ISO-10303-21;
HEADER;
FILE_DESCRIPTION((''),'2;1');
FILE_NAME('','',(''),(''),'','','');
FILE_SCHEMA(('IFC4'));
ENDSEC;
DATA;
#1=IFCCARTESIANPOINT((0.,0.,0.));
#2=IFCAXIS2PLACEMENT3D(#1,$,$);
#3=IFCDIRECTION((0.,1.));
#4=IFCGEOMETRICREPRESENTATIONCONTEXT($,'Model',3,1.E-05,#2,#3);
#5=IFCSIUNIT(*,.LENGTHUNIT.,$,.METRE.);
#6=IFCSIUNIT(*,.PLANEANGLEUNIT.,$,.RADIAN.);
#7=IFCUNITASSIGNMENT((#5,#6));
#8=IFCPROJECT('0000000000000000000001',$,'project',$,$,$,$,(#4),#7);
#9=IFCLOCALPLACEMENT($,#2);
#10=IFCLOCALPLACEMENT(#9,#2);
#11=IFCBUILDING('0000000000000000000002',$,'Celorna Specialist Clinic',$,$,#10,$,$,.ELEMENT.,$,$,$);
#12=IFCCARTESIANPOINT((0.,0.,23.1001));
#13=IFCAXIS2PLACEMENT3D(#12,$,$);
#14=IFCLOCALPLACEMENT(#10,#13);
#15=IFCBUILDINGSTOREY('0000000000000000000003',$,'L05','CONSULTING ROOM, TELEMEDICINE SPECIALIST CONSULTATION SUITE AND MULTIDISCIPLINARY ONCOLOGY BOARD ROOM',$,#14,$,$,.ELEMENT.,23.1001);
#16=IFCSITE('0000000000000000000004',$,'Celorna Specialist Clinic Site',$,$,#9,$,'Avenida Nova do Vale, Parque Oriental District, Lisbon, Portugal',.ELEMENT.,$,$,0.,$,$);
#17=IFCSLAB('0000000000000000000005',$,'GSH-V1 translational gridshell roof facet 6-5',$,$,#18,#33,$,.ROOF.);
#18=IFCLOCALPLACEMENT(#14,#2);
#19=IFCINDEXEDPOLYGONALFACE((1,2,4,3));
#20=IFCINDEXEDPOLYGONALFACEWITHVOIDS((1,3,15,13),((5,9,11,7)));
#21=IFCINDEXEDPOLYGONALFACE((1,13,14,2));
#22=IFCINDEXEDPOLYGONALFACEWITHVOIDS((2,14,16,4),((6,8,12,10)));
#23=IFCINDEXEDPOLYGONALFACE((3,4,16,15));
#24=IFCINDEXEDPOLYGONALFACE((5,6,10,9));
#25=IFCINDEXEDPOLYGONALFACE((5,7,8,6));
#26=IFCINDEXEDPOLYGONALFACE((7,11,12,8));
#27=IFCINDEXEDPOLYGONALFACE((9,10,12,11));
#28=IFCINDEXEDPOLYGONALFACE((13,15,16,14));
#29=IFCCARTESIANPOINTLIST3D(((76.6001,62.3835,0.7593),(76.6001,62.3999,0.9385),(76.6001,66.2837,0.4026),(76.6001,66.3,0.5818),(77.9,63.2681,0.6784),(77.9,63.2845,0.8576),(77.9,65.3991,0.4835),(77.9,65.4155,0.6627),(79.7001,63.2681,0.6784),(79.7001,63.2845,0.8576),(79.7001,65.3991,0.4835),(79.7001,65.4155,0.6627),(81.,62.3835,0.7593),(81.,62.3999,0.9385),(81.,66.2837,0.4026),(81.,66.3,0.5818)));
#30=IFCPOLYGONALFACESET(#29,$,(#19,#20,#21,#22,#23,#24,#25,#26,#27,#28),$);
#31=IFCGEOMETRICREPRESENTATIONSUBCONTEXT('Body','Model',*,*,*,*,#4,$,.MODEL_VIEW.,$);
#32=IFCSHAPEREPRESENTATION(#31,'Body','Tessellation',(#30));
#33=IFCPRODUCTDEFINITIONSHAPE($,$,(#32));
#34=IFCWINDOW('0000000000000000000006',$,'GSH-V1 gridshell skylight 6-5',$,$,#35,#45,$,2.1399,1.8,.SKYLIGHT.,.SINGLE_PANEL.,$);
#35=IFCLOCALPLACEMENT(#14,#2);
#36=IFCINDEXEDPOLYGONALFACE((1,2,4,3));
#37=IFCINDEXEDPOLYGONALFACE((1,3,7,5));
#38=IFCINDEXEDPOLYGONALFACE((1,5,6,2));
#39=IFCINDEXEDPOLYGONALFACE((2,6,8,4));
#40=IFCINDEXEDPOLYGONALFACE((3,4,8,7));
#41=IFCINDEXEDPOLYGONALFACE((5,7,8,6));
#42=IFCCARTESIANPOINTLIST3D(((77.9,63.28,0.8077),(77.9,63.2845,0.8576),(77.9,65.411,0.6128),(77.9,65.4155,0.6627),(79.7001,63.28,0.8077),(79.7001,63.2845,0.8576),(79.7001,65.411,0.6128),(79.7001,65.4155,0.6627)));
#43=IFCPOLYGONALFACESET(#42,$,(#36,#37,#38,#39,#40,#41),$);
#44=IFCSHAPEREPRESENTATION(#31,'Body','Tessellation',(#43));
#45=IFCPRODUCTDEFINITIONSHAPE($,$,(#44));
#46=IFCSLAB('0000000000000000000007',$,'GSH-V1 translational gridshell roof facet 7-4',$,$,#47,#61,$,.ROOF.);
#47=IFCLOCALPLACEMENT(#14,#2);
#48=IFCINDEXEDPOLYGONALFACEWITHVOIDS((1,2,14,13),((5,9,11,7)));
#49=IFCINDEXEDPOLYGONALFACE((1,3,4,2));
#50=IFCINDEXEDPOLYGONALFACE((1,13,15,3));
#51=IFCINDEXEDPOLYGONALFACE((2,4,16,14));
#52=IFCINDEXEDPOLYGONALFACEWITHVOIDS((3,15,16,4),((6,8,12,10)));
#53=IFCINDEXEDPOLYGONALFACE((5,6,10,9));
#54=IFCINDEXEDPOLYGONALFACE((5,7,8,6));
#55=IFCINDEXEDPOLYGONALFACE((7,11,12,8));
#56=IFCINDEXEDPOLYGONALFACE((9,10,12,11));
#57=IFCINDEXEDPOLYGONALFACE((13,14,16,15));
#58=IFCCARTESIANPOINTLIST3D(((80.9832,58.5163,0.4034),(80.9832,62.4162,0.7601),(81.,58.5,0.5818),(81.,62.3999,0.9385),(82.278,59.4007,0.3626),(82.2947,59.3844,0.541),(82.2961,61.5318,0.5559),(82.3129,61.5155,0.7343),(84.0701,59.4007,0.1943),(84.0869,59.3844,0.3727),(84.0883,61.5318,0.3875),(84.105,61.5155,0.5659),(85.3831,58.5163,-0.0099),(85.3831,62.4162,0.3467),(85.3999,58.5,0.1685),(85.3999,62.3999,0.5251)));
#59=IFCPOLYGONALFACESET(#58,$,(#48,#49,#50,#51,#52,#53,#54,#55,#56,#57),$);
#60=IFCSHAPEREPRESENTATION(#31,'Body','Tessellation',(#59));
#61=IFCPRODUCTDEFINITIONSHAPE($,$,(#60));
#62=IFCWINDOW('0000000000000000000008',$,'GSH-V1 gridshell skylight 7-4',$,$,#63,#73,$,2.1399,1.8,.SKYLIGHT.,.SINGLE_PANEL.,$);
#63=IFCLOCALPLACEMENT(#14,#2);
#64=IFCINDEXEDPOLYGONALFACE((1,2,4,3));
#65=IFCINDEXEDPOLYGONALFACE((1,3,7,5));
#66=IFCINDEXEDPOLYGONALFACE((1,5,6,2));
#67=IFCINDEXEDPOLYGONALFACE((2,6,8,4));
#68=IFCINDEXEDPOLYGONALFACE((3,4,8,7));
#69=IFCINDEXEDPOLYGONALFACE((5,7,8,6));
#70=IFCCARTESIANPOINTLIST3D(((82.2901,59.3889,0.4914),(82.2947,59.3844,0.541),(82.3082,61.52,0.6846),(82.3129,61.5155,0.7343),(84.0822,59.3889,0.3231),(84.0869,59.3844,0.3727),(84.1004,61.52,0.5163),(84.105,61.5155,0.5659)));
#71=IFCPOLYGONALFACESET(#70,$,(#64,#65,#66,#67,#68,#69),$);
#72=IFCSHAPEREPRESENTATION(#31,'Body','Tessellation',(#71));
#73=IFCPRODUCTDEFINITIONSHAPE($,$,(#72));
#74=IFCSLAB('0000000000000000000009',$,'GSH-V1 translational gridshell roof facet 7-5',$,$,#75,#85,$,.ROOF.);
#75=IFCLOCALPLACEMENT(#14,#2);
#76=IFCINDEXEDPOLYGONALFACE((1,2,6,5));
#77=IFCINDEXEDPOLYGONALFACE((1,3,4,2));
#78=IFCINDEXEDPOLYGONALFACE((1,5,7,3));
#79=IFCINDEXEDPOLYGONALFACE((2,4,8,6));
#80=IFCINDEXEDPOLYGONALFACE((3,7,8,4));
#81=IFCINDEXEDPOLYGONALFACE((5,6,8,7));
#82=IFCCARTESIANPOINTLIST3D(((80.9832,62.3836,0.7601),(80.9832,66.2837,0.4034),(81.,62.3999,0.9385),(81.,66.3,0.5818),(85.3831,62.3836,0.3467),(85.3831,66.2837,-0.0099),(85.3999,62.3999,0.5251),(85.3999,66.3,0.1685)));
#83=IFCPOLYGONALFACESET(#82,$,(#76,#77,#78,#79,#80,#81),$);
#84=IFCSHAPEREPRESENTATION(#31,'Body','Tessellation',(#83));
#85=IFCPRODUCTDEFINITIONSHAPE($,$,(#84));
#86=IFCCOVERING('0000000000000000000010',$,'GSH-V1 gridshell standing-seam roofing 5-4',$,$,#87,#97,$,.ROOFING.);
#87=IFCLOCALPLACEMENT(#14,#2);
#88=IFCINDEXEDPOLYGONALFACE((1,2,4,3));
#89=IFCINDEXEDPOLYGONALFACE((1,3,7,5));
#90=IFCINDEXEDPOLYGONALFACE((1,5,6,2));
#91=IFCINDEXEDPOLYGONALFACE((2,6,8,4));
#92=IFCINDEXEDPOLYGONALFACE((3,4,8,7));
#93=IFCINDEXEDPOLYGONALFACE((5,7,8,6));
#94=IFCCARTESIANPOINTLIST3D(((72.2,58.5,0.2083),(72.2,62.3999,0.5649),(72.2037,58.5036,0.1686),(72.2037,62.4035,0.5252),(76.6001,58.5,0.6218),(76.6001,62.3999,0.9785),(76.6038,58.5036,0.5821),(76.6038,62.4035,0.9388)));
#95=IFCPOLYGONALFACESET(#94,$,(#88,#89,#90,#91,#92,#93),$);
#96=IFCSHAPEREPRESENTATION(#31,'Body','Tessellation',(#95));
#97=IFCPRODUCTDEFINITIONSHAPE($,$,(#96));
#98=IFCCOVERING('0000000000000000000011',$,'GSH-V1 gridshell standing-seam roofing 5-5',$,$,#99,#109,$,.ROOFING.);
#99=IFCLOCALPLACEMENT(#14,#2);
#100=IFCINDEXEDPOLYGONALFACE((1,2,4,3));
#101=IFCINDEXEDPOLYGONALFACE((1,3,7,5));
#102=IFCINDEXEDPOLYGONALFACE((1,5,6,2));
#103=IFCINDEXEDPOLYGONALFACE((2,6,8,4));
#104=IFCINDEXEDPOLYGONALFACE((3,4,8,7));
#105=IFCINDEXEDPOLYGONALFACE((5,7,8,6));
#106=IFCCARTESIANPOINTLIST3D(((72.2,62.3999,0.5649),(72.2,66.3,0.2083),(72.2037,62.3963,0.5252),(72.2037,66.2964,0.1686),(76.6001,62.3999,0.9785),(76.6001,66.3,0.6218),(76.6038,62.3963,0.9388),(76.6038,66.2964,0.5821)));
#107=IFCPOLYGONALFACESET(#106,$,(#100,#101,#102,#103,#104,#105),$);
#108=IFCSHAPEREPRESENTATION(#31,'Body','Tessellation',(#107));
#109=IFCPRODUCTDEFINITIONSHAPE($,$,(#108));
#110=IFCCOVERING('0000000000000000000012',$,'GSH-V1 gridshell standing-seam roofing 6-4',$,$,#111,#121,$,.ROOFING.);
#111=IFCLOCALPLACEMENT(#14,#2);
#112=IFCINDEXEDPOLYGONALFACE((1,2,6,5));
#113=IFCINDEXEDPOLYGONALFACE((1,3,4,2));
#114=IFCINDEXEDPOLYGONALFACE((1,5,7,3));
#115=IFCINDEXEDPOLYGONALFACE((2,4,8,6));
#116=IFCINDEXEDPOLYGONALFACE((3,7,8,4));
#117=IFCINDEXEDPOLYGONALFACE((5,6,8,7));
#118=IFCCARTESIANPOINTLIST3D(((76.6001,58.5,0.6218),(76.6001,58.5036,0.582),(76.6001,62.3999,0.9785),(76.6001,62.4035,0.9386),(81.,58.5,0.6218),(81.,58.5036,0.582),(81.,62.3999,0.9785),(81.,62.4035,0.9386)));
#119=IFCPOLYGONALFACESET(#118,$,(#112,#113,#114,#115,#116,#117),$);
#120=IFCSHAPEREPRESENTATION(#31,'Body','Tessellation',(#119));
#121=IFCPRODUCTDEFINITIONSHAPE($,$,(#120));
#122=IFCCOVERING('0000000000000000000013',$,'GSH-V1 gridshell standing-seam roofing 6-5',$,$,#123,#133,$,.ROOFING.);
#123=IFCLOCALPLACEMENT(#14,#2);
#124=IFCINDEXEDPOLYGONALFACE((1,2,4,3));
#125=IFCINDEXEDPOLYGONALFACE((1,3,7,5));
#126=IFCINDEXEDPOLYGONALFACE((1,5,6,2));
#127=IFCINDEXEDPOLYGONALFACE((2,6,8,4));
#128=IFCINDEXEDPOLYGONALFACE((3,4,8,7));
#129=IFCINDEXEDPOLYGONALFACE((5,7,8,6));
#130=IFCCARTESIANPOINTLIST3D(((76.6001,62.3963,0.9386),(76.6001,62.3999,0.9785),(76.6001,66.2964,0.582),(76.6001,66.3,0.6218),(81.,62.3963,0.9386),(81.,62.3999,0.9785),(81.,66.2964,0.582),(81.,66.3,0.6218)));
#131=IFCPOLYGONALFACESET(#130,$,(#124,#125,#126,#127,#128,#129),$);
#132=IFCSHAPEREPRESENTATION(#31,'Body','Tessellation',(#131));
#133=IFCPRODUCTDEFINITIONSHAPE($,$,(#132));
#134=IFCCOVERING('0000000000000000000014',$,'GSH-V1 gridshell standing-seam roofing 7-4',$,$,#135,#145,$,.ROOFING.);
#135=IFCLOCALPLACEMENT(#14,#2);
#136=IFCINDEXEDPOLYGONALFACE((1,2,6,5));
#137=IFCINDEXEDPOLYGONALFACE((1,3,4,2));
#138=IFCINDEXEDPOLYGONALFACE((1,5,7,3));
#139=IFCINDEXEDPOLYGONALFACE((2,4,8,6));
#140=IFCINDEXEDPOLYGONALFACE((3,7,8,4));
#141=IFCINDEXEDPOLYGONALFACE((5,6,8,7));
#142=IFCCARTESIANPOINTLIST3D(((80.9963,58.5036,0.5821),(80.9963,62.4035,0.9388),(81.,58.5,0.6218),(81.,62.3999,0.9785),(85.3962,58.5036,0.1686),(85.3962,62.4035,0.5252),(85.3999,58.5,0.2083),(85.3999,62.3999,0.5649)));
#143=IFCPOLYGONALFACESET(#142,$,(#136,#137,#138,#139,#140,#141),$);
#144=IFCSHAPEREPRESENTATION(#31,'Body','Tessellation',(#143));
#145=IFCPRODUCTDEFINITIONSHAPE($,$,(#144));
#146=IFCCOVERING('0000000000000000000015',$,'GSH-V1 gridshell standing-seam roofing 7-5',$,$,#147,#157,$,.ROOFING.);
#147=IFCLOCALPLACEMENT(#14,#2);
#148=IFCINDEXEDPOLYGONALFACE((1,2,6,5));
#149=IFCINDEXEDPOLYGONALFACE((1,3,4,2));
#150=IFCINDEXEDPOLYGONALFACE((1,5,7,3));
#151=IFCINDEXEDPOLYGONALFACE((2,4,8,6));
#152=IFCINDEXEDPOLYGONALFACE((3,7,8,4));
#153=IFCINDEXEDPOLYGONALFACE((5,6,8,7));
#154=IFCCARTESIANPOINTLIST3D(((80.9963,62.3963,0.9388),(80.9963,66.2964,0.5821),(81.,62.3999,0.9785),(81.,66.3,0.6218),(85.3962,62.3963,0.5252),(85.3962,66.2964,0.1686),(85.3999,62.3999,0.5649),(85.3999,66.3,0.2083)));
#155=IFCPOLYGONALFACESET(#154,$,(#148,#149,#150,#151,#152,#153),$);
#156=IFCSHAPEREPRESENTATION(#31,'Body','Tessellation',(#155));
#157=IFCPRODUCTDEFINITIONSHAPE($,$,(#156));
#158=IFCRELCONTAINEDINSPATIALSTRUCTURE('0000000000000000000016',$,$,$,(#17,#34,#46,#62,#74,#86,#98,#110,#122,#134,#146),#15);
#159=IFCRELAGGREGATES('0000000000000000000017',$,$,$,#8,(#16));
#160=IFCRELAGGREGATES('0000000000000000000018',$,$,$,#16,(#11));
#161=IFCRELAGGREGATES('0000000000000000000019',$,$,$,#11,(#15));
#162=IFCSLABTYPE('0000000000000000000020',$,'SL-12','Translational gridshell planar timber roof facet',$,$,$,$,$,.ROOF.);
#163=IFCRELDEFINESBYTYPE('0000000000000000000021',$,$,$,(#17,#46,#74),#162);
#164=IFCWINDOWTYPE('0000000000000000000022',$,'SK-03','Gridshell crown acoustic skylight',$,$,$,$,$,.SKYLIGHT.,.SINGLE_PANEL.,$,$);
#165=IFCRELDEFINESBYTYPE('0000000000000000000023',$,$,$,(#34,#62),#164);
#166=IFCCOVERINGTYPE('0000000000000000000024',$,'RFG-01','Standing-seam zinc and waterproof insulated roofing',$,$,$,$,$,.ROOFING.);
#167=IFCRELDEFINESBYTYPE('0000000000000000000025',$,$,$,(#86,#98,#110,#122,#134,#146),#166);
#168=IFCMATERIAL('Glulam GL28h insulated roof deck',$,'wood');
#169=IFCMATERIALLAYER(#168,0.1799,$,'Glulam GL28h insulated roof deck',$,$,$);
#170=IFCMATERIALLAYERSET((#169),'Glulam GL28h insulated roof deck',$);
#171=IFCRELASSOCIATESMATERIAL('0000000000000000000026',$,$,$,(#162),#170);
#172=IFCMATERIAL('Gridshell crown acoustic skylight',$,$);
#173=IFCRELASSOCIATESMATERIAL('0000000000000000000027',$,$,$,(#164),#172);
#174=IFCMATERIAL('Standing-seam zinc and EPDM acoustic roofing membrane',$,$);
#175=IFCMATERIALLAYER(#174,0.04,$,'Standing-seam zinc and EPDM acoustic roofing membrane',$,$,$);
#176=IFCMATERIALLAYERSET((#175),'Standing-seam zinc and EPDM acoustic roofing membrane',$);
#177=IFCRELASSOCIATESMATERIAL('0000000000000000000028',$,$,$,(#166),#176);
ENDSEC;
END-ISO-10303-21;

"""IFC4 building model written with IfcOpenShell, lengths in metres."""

from ifc_helpers import new_model, si_unit, direction, frame, origin, origin_2d, place, context, subcontext, project, spatial, polyline, rectangle, outline, extrude, material, layer, layer_set, type_object, element, fill, save


model = new_model("IFC4")

# Units and contexts
model_context = context("Model", 3, precision=1e-05, world=origin(), true_north=direction((0.0, 1.0)))
body_context = subcontext(model_context, "Body", "Model", "MODEL_VIEW")
ifc_project = project(units=[si_unit("LENGTHUNIT", "METRE"), si_unit("PLANEANGLEUNIT", "RADIAN")], contexts=[model_context])

# Site, building, storey
site_placement = place(None, origin())
site = spatial("IfcSite", under=ifc_project, at=site_placement, Name="Celorna Specialist Clinic Site", LongName="Avenida Nova do Vale, Parque Oriental District, Lisbon, Portugal", CompositionType="ELEMENT", RefElevation=0.0)
building_placement = place(site_placement, origin())
building = spatial("IfcBuilding", under=site, at=building_placement, Name="Celorna Specialist Clinic", CompositionType="ELEMENT")
storey_placement = place(building_placement, frame((0.0, 0.0, 23.1001)))
storey = spatial("IfcBuildingStorey", under=building, at=storey_placement, Name="L05", Description="CONSULTING ROOM, TELEMEDICINE SPECIALIST CONSULTATION SUITE AND MULTIDISCIPLINARY ONCOLOGY BOARD ROOM", CompositionType="ELEMENT", Elevation=23.1001)

# Shared definitions
ifc_material_1 = material(Name="Glulam GL28h insulated roof deck", Category="wood")
ifc_layer_1 = layer(ifc_material_1, 0.1799, Name="Glulam GL28h insulated roof deck")
ifc_layer_set_1 = layer_set([ifc_layer_1], Name="Glulam GL28h insulated roof deck")
slab_type = type_object("IfcSlabType", Name="SL-12", Description="Translational gridshell planar timber roof facet", PredefinedType="ROOF", material=ifc_layer_set_1)
ifc_material_2 = material(Name="Gridshell crown acoustic skylight")
window_type = type_object("IfcWindowType", Name="SK-03", Description="Gridshell crown acoustic skylight", PartitioningType="SINGLE_PANEL", PredefinedType="SKYLIGHT", material=ifc_material_2)

# Slabs, openings, windows
slab_1_placement = place(storey_placement, frame((76.6001, 62.3999, 0.9385), z_axis=(0.0, 0.091075, 0.995844), x_axis=(1.0, 0.0, 0.0)))
slab_1 = element("IfcSlab", 1, at=slab_1_placement, inside=storey, type_object=slab_type, Name="GSH-V1 translational gridshell roof facet 6-5", PredefinedType="ROOF", context=body_context, shape_type="SweptSolid", body=[
    extrude(outline(polyline([(0.0, 0.0), (4.3999, 0.0), (4.3999, 3.9164), (0.0, 3.9164), (0.0, 0.0)])), origin(), (0.0, 0.0, -1.0), 0.1799),
])
opening_1_placement = place(slab_1_placement, frame((2.2, 1.9583, 0.01)))
opening_1 = element("IfcOpeningElement", 2, at=opening_1_placement, cuts=slab_1, PredefinedType="OPENING", context=body_context, shape_type="SweptSolid", body=[
    extrude(rectangle(XDim=1.8, YDim=2.1399, at=origin_2d()), origin(), (0.0, 0.0, -1.0), 0.2),
])
window_1_placement = place(opening_1_placement, frame((0.0, 0.0, -0.01)))
window_1 = element("IfcWindow", 3, at=window_1_placement, inside=storey, type_object=window_type, Name="GSH-V1 gridshell skylight 6-5", OverallHeight=2.1399, OverallWidth=1.8, PartitioningType="SINGLE_PANEL", PredefinedType="SKYLIGHT", context=body_context, shape_type="SweptSolid", body=[
    extrude(rectangle(XDim=1.8, YDim=2.1399, at=origin_2d()), origin(), (0.0, 0.0, -1.0), 0.05),
])
fill(opening_1, window_1)
slab_2_placement = place(storey_placement, frame((81.0, 58.5, 0.5818), z_axis=(0.093144, -0.090685, 0.991514), x_axis=(0.995617, 0.0, -0.093529)))
slab_2 = element("IfcSlab", 4, at=slab_2_placement, inside=storey, type_object=slab_type, Name="GSH-V1 translational gridshell roof facet 7-4", PredefinedType="ROOF", context=body_context, shape_type="SweptSolid", body=[
    extrude(outline(polyline([(0.0, 0.0), (4.4193, 0.0), (4.3859, 3.916), (-0.0334, 3.916), (0.0, 0.0)])), origin(), (0.0, 0.0, -1.0), 0.1799),
])
opening_2_placement = place(slab_2_placement, frame((2.1929, 1.958, 0.01)))
opening_2 = element("IfcOpeningElement", 5, at=opening_2_placement, cuts=slab_2, PredefinedType="OPENING", context=body_context, shape_type="SweptSolid", body=[
    extrude(rectangle(XDim=1.8, YDim=2.1399, at=origin_2d()), origin(), (0.0, 0.0, -1.0), 0.2),
])
window_2_placement = place(opening_2_placement, frame((0.0, 0.0, -0.01)))
window_2 = element("IfcWindow", 6, at=window_2_placement, inside=storey, type_object=window_type, Name="GSH-V1 gridshell skylight 7-4", OverallHeight=2.1399, OverallWidth=1.8, PartitioningType="SINGLE_PANEL", PredefinedType="SKYLIGHT", context=body_context, shape_type="SweptSolid", body=[
    extrude(rectangle(XDim=1.8, YDim=2.1399, at=origin_2d()), origin(), (0.0, 0.0, -1.0), 0.05),
])
fill(opening_2, window_2)

# Slab
slab_3_placement = place(storey_placement, frame((81.0, 62.3999, 0.9385), z_axis=(0.093144, 0.090679, 0.991515), x_axis=(0.995617, 0.0, -0.093529)))
element("IfcSlab", 7, at=slab_3_placement, inside=storey, type_object=slab_type, Name="GSH-V1 translational gridshell roof facet 7-5", PredefinedType="ROOF", context=body_context, shape_type="SweptSolid", body=[
    extrude(outline(polyline([(0.0, 0.0), (4.4193, 0.0), (4.4526, 3.9163), (0.0334, 3.9163), (0.0, 0.0)])), origin(), (0.0, 0.0, -1.0), 0.1799),
])

# Coverings
ifc_material_3 = material(Name="Standing-seam zinc and EPDM acoustic roofing membrane")
ifc_layer_2 = layer(ifc_material_3, 0.04, Name="Standing-seam zinc and EPDM acoustic roofing membrane")
ifc_layer_set_2 = layer_set([ifc_layer_2], Name="Standing-seam zinc and EPDM acoustic roofing membrane")
covering_type = type_object("IfcCoveringType", Name="RFG-01", Description="Standing-seam zinc and waterproof insulated roofing", PredefinedType="ROOFING", material=ifc_layer_set_2)
covering_1_placement = place(storey_placement, frame((72.2, 58.5, 0.2083), z_axis=(-0.093193, -0.090685, 0.99151), x_axis=(0.995612, 0.0, 0.093579)))
element("IfcCovering", 8, at=covering_1_placement, inside=storey, type_object=covering_type, Name="GSH-V1 gridshell standing-seam roofing 5-4", PredefinedType="ROOFING", context=body_context, shape_type="SweptSolid", body=[
    extrude(outline(polyline([(0.0, 0.0), (4.4195, 0.0), (4.4529, 3.916), (0.0334, 3.916), (0.0, 0.0)])), origin(), (0.0, 0.0, -1.0), 0.04),
])
covering_2_placement = place(storey_placement, frame((72.2, 62.3999, 0.5649), z_axis=(-0.093193, 0.090679, 0.99151), x_axis=(0.995612, 0.0, 0.093579)))
element("IfcCovering", 9, at=covering_2_placement, inside=storey, type_object=covering_type, Name="GSH-V1 gridshell standing-seam roofing 5-5", PredefinedType="ROOFING", context=body_context, shape_type="SweptSolid", body=[
    extrude(outline(polyline([(0.0, 0.0), (4.4195, 0.0), (4.3862, 3.9163), (-0.0334, 3.9163), (0.0, 0.0)])), origin(), (0.0, 0.0, -1.0), 0.04),
])
covering_3_placement = place(storey_placement, frame((76.6001, 58.5, 0.6218), z_axis=(0.0, -0.091081, 0.995843), x_axis=(1.0, 0.0, 0.0)))
element("IfcCovering", 10, at=covering_3_placement, inside=storey, type_object=covering_type, Name="GSH-V1 gridshell standing-seam roofing 6-4", PredefinedType="ROOFING", context=body_context, shape_type="SweptSolid", body=[
    extrude(outline(polyline([(0.0, 0.0), (4.3999, 0.0), (4.3999, 3.9162), (0.0, 3.9162), (0.0, 0.0)])), origin(), (0.0, 0.0, -1.0), 0.04),
])
covering_4_placement = place(storey_placement, frame((76.6001, 62.3999, 0.9785), z_axis=(0.0, 0.091075, 0.995844), x_axis=(1.0, 0.0, 0.0)))
element("IfcCovering", 11, at=covering_4_placement, inside=storey, type_object=covering_type, Name="GSH-V1 gridshell standing-seam roofing 6-5", PredefinedType="ROOFING", context=body_context, shape_type="SweptSolid", body=[
    extrude(outline(polyline([(0.0, 0.0), (4.3999, 0.0), (4.3999, 3.9164), (0.0, 3.9164), (0.0, 0.0)])), origin(), (0.0, 0.0, -1.0), 0.04),
])
covering_5_placement = place(storey_placement, frame((81.0, 58.5, 0.6218), z_axis=(0.093198, -0.090685, 0.991509), x_axis=(0.995611, 0.0, -0.093584)))
element("IfcCovering", 12, at=covering_5_placement, inside=storey, type_object=covering_type, Name="GSH-V1 gridshell standing-seam roofing 7-4", PredefinedType="ROOFING", context=body_context, shape_type="SweptSolid", body=[
    extrude(outline(polyline([(0.0, 0.0), (4.4193, 0.0), (4.3859, 3.916), (-0.0334, 3.916), (0.0, 0.0)])), origin(), (0.0, 0.0, -1.0), 0.04),
])
covering_6_placement = place(storey_placement, frame((81.0, 62.3999, 0.9785), z_axis=(0.093198, 0.090679, 0.99151), x_axis=(0.995611, 0.0, -0.093584)))
element("IfcCovering", 13, at=covering_6_placement, inside=storey, type_object=covering_type, Name="GSH-V1 gridshell standing-seam roofing 7-5", PredefinedType="ROOFING", context=body_context, shape_type="SweptSolid", body=[
    extrude(outline(polyline([(0.0, 0.0), (4.4193, 0.0), (4.4527, 3.9163), (0.0334, 3.9163), (0.0, 0.0)])), origin(), (0.0, 0.0, -1.0), 0.04),
])

save(model, "model.ifc")
